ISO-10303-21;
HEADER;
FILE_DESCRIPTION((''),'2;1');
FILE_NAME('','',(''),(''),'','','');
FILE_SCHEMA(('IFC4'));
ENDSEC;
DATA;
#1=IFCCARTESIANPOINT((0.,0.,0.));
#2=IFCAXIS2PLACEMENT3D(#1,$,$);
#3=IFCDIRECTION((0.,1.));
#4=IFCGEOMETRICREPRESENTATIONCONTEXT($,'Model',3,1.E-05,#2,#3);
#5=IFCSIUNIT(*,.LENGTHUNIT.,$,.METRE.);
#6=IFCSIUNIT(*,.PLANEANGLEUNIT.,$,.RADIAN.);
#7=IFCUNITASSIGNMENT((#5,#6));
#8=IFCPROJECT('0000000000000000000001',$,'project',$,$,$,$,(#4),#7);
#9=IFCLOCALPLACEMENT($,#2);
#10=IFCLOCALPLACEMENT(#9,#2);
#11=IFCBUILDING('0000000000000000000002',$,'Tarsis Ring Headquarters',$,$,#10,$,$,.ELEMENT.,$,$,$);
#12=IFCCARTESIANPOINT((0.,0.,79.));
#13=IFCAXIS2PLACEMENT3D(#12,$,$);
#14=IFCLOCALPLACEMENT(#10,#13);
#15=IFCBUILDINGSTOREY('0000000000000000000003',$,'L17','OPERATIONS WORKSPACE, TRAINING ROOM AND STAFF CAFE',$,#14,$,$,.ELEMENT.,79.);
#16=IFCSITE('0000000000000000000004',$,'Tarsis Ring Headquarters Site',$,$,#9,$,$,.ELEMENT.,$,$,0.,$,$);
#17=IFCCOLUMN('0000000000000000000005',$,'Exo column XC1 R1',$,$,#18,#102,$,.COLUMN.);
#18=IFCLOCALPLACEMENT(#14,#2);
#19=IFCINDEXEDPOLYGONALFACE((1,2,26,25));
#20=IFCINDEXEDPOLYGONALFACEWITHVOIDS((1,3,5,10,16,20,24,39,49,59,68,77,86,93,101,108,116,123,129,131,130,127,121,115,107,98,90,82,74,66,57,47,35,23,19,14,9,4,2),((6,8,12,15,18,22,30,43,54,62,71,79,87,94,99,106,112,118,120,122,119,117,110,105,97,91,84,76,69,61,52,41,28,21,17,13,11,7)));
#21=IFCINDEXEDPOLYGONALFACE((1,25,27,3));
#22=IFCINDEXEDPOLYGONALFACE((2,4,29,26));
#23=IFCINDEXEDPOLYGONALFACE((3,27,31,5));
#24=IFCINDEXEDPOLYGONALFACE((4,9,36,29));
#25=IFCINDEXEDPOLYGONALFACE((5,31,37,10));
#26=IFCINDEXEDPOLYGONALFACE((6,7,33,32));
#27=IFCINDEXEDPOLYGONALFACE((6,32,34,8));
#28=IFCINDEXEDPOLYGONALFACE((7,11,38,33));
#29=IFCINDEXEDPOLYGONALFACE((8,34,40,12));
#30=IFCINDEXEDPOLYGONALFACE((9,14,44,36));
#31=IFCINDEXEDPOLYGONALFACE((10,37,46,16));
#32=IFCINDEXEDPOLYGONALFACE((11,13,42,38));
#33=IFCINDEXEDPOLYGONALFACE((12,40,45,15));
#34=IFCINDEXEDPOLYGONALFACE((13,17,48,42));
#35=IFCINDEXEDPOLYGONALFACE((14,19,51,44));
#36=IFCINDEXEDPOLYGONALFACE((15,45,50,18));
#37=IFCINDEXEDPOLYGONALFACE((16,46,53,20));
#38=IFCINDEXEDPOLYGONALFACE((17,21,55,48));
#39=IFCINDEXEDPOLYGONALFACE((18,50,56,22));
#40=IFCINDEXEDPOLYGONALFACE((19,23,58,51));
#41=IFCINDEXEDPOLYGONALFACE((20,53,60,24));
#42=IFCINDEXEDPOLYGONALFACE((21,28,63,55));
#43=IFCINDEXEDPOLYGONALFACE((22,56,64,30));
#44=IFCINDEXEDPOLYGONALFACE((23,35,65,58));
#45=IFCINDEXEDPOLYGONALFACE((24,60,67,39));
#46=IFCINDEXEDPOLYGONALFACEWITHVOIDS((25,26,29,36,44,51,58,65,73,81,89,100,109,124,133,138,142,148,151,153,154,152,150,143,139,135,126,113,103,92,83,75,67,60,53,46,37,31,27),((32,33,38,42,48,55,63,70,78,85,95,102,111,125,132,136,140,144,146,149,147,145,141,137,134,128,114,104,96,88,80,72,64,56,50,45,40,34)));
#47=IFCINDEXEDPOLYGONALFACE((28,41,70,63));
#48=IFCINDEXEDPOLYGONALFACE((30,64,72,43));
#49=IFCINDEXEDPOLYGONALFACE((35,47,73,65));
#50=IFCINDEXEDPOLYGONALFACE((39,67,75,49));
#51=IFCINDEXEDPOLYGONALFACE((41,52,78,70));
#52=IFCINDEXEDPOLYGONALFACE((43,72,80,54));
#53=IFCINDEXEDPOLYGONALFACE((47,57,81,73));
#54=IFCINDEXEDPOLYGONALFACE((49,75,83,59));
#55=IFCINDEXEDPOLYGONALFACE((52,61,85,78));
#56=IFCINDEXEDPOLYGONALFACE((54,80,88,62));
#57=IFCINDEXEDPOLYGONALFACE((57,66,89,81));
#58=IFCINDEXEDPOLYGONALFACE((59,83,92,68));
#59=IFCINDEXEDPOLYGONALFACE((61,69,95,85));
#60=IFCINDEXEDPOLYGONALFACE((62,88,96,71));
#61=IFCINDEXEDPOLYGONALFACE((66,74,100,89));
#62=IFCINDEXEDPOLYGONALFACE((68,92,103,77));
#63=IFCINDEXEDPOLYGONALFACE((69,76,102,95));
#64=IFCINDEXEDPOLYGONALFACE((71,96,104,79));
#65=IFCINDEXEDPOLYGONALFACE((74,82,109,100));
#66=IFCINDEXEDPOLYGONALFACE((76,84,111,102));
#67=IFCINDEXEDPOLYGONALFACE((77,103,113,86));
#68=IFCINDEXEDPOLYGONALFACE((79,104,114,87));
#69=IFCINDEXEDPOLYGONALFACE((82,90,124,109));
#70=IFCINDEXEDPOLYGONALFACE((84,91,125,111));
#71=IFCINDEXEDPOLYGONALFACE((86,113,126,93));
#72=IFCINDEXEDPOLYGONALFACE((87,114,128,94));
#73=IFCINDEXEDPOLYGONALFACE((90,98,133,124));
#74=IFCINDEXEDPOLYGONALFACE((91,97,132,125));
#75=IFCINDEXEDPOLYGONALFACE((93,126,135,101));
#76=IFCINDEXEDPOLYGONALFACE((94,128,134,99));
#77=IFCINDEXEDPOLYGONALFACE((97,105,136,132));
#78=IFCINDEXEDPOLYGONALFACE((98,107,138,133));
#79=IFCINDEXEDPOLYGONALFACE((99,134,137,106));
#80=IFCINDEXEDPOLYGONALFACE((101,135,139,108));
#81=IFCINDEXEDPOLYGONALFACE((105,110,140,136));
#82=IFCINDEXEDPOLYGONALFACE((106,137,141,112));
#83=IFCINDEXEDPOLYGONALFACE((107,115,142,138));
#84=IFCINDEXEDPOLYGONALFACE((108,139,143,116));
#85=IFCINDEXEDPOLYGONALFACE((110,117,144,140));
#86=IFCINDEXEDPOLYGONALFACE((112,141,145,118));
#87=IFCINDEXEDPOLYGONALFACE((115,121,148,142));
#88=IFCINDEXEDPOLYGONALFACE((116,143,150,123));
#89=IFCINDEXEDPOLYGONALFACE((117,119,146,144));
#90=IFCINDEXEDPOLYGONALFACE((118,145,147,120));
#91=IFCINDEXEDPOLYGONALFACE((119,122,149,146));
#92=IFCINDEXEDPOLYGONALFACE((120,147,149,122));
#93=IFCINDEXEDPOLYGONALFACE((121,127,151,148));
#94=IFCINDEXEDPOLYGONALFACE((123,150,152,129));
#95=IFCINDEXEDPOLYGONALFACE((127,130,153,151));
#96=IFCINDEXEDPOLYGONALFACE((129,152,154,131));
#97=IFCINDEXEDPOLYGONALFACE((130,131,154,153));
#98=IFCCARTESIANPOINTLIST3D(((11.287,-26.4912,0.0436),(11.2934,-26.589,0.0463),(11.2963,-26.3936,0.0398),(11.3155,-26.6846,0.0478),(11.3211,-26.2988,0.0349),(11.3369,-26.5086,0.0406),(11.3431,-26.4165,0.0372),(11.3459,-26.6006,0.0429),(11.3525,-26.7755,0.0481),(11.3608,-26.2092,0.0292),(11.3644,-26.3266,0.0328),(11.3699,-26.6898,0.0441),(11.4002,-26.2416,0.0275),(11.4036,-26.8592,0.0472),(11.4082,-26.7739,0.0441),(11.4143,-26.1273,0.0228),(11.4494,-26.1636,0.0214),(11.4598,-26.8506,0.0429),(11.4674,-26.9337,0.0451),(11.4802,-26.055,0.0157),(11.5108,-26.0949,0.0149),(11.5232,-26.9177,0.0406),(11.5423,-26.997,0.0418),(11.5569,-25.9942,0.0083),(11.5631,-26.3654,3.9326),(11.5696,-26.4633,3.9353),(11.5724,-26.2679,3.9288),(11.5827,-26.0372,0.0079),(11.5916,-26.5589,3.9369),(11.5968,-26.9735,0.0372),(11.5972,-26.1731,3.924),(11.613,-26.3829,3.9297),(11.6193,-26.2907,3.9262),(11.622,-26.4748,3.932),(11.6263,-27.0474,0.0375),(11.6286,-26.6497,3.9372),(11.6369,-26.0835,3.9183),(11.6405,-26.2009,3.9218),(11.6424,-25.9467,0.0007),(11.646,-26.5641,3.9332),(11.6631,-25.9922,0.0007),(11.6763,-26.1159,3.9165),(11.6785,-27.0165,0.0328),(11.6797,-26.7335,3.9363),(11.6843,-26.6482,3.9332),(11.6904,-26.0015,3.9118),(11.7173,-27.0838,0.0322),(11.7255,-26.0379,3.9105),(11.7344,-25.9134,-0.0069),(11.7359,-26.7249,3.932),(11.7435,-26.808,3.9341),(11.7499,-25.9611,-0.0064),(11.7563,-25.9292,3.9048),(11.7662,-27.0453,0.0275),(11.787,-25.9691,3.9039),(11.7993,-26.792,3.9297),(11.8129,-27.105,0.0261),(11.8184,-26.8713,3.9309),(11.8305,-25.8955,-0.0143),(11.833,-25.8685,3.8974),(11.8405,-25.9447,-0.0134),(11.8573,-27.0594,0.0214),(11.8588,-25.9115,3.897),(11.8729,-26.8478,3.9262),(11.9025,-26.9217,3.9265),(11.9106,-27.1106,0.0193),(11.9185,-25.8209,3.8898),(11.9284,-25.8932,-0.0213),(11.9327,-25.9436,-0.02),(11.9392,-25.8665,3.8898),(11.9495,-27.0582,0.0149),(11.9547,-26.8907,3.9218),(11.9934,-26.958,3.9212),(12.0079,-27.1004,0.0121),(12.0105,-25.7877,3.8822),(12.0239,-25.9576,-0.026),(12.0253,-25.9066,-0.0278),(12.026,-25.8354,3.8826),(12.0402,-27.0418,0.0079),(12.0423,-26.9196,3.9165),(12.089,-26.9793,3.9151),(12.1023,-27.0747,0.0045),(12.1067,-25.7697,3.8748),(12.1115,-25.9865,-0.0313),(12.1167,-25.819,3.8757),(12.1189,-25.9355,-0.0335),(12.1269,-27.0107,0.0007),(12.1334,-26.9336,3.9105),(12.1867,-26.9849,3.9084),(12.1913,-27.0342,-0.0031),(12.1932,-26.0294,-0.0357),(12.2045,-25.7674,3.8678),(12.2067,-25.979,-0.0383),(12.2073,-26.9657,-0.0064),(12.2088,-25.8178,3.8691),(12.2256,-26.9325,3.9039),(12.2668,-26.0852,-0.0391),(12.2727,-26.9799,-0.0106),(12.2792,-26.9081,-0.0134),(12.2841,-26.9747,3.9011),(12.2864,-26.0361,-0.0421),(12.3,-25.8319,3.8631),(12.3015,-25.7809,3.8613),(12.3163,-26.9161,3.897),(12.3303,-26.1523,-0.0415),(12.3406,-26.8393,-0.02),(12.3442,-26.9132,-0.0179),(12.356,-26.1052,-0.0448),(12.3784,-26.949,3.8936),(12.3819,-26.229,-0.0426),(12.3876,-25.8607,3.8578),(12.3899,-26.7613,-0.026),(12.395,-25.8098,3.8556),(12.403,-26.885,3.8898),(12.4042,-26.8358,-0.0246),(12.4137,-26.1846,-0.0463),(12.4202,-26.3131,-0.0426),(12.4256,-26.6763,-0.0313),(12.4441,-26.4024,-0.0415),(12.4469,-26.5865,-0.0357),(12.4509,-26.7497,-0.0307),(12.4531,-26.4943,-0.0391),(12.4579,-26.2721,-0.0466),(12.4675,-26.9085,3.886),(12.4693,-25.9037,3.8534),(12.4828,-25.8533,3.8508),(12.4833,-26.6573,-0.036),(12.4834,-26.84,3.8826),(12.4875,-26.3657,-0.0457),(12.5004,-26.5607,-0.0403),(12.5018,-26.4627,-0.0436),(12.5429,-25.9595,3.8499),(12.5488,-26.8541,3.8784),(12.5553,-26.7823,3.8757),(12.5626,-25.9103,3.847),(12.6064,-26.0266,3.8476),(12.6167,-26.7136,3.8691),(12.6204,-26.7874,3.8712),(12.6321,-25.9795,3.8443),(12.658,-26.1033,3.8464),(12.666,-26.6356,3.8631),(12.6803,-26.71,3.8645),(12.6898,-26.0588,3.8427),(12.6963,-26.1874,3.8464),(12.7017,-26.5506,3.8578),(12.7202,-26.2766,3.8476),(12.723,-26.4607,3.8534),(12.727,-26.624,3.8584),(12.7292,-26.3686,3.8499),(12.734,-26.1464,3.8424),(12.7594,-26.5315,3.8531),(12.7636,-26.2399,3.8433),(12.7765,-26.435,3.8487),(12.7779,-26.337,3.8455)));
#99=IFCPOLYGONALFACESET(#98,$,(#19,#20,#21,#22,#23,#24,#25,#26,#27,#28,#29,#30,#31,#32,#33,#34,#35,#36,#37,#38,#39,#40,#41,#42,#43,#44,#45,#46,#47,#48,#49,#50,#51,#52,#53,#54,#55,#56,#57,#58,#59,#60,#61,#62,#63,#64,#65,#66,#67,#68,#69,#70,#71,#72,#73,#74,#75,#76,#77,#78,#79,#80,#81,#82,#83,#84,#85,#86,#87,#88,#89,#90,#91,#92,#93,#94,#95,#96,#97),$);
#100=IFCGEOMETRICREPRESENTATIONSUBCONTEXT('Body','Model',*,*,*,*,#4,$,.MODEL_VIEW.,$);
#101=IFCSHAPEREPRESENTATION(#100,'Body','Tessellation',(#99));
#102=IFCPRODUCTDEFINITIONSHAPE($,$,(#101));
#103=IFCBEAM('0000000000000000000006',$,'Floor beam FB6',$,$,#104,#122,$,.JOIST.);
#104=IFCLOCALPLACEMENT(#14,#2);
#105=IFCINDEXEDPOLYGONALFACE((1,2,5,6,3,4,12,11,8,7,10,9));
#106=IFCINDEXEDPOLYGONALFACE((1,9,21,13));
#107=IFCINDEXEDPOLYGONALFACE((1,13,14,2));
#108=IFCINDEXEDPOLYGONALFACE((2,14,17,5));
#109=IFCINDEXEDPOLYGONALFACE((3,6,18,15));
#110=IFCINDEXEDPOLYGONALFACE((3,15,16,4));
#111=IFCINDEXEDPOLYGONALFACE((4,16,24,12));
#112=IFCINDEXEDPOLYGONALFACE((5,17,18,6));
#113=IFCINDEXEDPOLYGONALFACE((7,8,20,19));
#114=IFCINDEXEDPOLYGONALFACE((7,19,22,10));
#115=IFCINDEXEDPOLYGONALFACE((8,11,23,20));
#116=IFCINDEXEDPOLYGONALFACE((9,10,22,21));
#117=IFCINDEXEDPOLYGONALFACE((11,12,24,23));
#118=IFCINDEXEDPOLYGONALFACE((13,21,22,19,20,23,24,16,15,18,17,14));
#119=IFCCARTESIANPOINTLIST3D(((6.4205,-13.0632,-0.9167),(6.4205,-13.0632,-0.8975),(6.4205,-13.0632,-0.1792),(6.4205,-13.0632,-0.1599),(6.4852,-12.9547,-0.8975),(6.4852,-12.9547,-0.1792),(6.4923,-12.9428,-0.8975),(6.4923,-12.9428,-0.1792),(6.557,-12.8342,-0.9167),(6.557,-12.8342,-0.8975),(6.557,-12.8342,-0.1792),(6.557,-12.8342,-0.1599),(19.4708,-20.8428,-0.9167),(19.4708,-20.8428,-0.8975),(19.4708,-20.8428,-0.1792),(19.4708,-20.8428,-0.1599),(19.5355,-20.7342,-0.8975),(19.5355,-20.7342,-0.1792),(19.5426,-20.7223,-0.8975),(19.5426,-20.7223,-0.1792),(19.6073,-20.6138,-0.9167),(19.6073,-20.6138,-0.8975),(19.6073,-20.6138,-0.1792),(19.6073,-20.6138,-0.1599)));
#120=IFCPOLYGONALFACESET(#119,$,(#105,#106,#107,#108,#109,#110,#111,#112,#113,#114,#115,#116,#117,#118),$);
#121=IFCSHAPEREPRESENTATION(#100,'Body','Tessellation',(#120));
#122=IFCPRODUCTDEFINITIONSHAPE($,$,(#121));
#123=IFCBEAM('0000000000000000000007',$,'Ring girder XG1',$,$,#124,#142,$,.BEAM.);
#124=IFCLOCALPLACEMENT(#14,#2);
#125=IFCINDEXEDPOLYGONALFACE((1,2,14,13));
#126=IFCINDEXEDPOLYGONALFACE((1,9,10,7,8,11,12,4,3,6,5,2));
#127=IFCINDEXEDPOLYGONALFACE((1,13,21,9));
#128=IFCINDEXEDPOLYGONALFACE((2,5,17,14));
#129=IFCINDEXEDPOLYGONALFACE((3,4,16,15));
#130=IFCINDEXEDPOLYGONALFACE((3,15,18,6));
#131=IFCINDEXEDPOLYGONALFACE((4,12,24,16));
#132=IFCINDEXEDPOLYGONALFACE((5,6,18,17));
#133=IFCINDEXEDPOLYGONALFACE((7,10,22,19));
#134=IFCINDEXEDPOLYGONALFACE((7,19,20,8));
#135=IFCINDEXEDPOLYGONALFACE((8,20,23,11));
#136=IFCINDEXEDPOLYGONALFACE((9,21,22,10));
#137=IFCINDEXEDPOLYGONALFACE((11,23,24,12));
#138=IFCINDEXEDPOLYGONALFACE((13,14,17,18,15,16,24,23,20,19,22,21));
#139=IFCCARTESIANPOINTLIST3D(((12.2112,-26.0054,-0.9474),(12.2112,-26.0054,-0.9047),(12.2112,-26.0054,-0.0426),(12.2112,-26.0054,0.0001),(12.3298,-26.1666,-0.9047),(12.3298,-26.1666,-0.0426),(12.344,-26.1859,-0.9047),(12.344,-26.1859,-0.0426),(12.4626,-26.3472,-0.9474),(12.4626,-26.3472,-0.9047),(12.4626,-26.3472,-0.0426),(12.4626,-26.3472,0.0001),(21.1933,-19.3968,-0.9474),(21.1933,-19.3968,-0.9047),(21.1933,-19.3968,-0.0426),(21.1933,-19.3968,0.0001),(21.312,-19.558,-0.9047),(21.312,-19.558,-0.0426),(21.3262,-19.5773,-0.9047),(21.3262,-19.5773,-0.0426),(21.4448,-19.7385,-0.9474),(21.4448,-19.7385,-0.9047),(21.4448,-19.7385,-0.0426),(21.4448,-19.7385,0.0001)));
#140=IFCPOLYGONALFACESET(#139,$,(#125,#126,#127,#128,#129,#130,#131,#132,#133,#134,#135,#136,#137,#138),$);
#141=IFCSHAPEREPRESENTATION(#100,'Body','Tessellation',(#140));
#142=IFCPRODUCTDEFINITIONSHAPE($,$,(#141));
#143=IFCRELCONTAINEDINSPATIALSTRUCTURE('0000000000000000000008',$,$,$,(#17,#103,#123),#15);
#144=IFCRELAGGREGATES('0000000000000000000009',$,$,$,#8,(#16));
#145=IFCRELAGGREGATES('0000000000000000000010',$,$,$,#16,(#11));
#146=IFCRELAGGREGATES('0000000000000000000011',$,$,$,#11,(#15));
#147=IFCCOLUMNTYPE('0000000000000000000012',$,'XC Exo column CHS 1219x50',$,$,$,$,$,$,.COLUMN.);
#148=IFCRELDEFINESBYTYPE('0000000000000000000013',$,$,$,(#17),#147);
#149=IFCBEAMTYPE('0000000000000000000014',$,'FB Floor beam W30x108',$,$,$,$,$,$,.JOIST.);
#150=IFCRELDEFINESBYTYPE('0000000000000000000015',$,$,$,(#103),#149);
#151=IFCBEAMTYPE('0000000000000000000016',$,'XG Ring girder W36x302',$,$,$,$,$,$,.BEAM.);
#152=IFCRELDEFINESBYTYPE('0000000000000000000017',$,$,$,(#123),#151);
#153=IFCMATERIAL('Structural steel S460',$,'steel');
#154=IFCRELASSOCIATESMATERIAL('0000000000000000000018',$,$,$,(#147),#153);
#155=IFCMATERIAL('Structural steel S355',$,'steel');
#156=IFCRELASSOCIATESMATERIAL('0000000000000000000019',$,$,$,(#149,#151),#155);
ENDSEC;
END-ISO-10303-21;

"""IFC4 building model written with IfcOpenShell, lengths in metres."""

from ifc_helpers import new_model, si_unit, direction, frame, origin, origin_2d, place, context, subcontext, project, spatial, hollow_circle, i_section, extrude, material, material_profile, profile_set, type_object, element, save


model = new_model("IFC4")

# Units and contexts
model_context = context("Model", 3, precision=1e-05, world=origin(), true_north=direction((0.0, 1.0)))
body_context = subcontext(model_context, "Body", "Model", "MODEL_VIEW")
ifc_project = project(units=[si_unit("LENGTHUNIT", "METRE"), si_unit("PLANEANGLEUNIT", "RADIAN")], contexts=[model_context])

# Site, building, storey
site_placement = place(None, origin())
site = spatial("IfcSite", under=ifc_project, at=site_placement, Name="Tarsis Ring Headquarters Site", CompositionType="ELEMENT", RefElevation=0.0)
building_placement = place(site_placement, origin())
building = spatial("IfcBuilding", under=site, at=building_placement, Name="Tarsis Ring Headquarters", CompositionType="ELEMENT")
storey_placement = place(building_placement, frame((0.0, 0.0, 79.0)))
storey = spatial("IfcBuildingStorey", under=building, at=storey_placement, Name="L17", Description="OPERATIONS WORKSPACE, TRAINING ROOM AND STAFF CAFE", CompositionType="ELEMENT", Elevation=79.0)

# Column
ifc_material_1 = material(Name="Structural steel S460", Category="steel")
ifc_material_profile_1 = material_profile(ifc_material_1, hollow_circle(Radius=0.6096, WallThickness=0.05, at=origin_2d()), Name="CHS 1219x50")
ifc_profile_set_1 = profile_set([ifc_material_profile_1], Name="Structural steel S460")
column_type = type_object("IfcColumnType", Name="XC Exo column CHS 1219x50", PredefinedType="COLUMN", material=ifc_profile_set_1)
column_placement = place(storey_placement, frame((11.895, -26.5015, 0.0007), z_axis=(0.070783, 0.032231, 0.996971), x_axis=(-0.414409, 0.910091, 0.0)))
element("IfcColumn", 1, at=column_placement, inside=storey, type_object=column_type, Name="Exo column XC1 R1", PredefinedType="COLUMN", context=body_context, shape_type="SweptSolid", body=[
    extrude(hollow_circle(Radius=0.6096, WallThickness=0.05, at=origin_2d()), origin(), (0.0, 0.0, 1.0), 3.9009),
])

# Beams
ifc_material_2 = material(Name="Structural steel S355", Category="steel")
ifc_material_profile_2 = material_profile(ifc_material_2, i_section(OverallWidth=0.2666, OverallDepth=0.7568, WebThickness=0.0139, FlangeThickness=0.0193, at=origin_2d()), Name="W30x108")
ifc_profile_set_2 = profile_set([ifc_material_profile_2], Name="Structural steel S355")
beam_type_1 = type_object("IfcBeamType", Name="FB Floor beam W30x108", PredefinedType="JOIST", material=ifc_profile_set_2)
beam_1_placement = place(storey_placement, frame((6.4888, -12.9487, -0.5383), z_axis=(0.85896, -0.512043, 0.0), x_axis=(0.512043, 0.85896, 0.0)))
element("IfcBeam", 2, at=beam_1_placement, inside=storey, type_object=beam_type_1, Name="Floor beam FB6", PredefinedType="JOIST", context=body_context, shape_type="SweptSolid", body=[
    extrude(i_section(OverallWidth=0.2666, OverallDepth=0.7568, WebThickness=0.0139, FlangeThickness=0.0193, at=origin_2d()), origin(), (0.0, 0.0, 1.0), 15.1931),
])
ifc_material_profile_3 = material_profile(ifc_material_2, i_section(OverallWidth=0.4243, OverallDepth=0.9475, WebThickness=0.0239, FlangeThickness=0.0427, at=origin_2d()), Name="W36x302")
ifc_profile_set_3 = profile_set([ifc_material_profile_3], Name="Structural steel S355")
beam_type_2 = type_object("IfcBeamType", Name="XG Ring girder W36x302", PredefinedType="BEAM", material=ifc_profile_set_3)
beam_2_placement = place(storey_placement, frame((12.3369, -26.1763, -0.4736), z_axis=(0.805475, 0.592629, 0.0), x_axis=(-0.592629, 0.805475, 0.0)))
element("IfcBeam", 3, at=beam_2_placement, inside=storey, type_object=beam_type_2, Name="Ring girder XG1", PredefinedType="BEAM", context=body_context, shape_type="SweptSolid", body=[
    extrude(i_section(OverallWidth=0.4243, OverallDepth=0.9475, WebThickness=0.0239, FlangeThickness=0.0427, at=origin_2d()), origin(), (0.0, 0.0, 1.0), 11.1514),
])

save(model, "model.ifc")
